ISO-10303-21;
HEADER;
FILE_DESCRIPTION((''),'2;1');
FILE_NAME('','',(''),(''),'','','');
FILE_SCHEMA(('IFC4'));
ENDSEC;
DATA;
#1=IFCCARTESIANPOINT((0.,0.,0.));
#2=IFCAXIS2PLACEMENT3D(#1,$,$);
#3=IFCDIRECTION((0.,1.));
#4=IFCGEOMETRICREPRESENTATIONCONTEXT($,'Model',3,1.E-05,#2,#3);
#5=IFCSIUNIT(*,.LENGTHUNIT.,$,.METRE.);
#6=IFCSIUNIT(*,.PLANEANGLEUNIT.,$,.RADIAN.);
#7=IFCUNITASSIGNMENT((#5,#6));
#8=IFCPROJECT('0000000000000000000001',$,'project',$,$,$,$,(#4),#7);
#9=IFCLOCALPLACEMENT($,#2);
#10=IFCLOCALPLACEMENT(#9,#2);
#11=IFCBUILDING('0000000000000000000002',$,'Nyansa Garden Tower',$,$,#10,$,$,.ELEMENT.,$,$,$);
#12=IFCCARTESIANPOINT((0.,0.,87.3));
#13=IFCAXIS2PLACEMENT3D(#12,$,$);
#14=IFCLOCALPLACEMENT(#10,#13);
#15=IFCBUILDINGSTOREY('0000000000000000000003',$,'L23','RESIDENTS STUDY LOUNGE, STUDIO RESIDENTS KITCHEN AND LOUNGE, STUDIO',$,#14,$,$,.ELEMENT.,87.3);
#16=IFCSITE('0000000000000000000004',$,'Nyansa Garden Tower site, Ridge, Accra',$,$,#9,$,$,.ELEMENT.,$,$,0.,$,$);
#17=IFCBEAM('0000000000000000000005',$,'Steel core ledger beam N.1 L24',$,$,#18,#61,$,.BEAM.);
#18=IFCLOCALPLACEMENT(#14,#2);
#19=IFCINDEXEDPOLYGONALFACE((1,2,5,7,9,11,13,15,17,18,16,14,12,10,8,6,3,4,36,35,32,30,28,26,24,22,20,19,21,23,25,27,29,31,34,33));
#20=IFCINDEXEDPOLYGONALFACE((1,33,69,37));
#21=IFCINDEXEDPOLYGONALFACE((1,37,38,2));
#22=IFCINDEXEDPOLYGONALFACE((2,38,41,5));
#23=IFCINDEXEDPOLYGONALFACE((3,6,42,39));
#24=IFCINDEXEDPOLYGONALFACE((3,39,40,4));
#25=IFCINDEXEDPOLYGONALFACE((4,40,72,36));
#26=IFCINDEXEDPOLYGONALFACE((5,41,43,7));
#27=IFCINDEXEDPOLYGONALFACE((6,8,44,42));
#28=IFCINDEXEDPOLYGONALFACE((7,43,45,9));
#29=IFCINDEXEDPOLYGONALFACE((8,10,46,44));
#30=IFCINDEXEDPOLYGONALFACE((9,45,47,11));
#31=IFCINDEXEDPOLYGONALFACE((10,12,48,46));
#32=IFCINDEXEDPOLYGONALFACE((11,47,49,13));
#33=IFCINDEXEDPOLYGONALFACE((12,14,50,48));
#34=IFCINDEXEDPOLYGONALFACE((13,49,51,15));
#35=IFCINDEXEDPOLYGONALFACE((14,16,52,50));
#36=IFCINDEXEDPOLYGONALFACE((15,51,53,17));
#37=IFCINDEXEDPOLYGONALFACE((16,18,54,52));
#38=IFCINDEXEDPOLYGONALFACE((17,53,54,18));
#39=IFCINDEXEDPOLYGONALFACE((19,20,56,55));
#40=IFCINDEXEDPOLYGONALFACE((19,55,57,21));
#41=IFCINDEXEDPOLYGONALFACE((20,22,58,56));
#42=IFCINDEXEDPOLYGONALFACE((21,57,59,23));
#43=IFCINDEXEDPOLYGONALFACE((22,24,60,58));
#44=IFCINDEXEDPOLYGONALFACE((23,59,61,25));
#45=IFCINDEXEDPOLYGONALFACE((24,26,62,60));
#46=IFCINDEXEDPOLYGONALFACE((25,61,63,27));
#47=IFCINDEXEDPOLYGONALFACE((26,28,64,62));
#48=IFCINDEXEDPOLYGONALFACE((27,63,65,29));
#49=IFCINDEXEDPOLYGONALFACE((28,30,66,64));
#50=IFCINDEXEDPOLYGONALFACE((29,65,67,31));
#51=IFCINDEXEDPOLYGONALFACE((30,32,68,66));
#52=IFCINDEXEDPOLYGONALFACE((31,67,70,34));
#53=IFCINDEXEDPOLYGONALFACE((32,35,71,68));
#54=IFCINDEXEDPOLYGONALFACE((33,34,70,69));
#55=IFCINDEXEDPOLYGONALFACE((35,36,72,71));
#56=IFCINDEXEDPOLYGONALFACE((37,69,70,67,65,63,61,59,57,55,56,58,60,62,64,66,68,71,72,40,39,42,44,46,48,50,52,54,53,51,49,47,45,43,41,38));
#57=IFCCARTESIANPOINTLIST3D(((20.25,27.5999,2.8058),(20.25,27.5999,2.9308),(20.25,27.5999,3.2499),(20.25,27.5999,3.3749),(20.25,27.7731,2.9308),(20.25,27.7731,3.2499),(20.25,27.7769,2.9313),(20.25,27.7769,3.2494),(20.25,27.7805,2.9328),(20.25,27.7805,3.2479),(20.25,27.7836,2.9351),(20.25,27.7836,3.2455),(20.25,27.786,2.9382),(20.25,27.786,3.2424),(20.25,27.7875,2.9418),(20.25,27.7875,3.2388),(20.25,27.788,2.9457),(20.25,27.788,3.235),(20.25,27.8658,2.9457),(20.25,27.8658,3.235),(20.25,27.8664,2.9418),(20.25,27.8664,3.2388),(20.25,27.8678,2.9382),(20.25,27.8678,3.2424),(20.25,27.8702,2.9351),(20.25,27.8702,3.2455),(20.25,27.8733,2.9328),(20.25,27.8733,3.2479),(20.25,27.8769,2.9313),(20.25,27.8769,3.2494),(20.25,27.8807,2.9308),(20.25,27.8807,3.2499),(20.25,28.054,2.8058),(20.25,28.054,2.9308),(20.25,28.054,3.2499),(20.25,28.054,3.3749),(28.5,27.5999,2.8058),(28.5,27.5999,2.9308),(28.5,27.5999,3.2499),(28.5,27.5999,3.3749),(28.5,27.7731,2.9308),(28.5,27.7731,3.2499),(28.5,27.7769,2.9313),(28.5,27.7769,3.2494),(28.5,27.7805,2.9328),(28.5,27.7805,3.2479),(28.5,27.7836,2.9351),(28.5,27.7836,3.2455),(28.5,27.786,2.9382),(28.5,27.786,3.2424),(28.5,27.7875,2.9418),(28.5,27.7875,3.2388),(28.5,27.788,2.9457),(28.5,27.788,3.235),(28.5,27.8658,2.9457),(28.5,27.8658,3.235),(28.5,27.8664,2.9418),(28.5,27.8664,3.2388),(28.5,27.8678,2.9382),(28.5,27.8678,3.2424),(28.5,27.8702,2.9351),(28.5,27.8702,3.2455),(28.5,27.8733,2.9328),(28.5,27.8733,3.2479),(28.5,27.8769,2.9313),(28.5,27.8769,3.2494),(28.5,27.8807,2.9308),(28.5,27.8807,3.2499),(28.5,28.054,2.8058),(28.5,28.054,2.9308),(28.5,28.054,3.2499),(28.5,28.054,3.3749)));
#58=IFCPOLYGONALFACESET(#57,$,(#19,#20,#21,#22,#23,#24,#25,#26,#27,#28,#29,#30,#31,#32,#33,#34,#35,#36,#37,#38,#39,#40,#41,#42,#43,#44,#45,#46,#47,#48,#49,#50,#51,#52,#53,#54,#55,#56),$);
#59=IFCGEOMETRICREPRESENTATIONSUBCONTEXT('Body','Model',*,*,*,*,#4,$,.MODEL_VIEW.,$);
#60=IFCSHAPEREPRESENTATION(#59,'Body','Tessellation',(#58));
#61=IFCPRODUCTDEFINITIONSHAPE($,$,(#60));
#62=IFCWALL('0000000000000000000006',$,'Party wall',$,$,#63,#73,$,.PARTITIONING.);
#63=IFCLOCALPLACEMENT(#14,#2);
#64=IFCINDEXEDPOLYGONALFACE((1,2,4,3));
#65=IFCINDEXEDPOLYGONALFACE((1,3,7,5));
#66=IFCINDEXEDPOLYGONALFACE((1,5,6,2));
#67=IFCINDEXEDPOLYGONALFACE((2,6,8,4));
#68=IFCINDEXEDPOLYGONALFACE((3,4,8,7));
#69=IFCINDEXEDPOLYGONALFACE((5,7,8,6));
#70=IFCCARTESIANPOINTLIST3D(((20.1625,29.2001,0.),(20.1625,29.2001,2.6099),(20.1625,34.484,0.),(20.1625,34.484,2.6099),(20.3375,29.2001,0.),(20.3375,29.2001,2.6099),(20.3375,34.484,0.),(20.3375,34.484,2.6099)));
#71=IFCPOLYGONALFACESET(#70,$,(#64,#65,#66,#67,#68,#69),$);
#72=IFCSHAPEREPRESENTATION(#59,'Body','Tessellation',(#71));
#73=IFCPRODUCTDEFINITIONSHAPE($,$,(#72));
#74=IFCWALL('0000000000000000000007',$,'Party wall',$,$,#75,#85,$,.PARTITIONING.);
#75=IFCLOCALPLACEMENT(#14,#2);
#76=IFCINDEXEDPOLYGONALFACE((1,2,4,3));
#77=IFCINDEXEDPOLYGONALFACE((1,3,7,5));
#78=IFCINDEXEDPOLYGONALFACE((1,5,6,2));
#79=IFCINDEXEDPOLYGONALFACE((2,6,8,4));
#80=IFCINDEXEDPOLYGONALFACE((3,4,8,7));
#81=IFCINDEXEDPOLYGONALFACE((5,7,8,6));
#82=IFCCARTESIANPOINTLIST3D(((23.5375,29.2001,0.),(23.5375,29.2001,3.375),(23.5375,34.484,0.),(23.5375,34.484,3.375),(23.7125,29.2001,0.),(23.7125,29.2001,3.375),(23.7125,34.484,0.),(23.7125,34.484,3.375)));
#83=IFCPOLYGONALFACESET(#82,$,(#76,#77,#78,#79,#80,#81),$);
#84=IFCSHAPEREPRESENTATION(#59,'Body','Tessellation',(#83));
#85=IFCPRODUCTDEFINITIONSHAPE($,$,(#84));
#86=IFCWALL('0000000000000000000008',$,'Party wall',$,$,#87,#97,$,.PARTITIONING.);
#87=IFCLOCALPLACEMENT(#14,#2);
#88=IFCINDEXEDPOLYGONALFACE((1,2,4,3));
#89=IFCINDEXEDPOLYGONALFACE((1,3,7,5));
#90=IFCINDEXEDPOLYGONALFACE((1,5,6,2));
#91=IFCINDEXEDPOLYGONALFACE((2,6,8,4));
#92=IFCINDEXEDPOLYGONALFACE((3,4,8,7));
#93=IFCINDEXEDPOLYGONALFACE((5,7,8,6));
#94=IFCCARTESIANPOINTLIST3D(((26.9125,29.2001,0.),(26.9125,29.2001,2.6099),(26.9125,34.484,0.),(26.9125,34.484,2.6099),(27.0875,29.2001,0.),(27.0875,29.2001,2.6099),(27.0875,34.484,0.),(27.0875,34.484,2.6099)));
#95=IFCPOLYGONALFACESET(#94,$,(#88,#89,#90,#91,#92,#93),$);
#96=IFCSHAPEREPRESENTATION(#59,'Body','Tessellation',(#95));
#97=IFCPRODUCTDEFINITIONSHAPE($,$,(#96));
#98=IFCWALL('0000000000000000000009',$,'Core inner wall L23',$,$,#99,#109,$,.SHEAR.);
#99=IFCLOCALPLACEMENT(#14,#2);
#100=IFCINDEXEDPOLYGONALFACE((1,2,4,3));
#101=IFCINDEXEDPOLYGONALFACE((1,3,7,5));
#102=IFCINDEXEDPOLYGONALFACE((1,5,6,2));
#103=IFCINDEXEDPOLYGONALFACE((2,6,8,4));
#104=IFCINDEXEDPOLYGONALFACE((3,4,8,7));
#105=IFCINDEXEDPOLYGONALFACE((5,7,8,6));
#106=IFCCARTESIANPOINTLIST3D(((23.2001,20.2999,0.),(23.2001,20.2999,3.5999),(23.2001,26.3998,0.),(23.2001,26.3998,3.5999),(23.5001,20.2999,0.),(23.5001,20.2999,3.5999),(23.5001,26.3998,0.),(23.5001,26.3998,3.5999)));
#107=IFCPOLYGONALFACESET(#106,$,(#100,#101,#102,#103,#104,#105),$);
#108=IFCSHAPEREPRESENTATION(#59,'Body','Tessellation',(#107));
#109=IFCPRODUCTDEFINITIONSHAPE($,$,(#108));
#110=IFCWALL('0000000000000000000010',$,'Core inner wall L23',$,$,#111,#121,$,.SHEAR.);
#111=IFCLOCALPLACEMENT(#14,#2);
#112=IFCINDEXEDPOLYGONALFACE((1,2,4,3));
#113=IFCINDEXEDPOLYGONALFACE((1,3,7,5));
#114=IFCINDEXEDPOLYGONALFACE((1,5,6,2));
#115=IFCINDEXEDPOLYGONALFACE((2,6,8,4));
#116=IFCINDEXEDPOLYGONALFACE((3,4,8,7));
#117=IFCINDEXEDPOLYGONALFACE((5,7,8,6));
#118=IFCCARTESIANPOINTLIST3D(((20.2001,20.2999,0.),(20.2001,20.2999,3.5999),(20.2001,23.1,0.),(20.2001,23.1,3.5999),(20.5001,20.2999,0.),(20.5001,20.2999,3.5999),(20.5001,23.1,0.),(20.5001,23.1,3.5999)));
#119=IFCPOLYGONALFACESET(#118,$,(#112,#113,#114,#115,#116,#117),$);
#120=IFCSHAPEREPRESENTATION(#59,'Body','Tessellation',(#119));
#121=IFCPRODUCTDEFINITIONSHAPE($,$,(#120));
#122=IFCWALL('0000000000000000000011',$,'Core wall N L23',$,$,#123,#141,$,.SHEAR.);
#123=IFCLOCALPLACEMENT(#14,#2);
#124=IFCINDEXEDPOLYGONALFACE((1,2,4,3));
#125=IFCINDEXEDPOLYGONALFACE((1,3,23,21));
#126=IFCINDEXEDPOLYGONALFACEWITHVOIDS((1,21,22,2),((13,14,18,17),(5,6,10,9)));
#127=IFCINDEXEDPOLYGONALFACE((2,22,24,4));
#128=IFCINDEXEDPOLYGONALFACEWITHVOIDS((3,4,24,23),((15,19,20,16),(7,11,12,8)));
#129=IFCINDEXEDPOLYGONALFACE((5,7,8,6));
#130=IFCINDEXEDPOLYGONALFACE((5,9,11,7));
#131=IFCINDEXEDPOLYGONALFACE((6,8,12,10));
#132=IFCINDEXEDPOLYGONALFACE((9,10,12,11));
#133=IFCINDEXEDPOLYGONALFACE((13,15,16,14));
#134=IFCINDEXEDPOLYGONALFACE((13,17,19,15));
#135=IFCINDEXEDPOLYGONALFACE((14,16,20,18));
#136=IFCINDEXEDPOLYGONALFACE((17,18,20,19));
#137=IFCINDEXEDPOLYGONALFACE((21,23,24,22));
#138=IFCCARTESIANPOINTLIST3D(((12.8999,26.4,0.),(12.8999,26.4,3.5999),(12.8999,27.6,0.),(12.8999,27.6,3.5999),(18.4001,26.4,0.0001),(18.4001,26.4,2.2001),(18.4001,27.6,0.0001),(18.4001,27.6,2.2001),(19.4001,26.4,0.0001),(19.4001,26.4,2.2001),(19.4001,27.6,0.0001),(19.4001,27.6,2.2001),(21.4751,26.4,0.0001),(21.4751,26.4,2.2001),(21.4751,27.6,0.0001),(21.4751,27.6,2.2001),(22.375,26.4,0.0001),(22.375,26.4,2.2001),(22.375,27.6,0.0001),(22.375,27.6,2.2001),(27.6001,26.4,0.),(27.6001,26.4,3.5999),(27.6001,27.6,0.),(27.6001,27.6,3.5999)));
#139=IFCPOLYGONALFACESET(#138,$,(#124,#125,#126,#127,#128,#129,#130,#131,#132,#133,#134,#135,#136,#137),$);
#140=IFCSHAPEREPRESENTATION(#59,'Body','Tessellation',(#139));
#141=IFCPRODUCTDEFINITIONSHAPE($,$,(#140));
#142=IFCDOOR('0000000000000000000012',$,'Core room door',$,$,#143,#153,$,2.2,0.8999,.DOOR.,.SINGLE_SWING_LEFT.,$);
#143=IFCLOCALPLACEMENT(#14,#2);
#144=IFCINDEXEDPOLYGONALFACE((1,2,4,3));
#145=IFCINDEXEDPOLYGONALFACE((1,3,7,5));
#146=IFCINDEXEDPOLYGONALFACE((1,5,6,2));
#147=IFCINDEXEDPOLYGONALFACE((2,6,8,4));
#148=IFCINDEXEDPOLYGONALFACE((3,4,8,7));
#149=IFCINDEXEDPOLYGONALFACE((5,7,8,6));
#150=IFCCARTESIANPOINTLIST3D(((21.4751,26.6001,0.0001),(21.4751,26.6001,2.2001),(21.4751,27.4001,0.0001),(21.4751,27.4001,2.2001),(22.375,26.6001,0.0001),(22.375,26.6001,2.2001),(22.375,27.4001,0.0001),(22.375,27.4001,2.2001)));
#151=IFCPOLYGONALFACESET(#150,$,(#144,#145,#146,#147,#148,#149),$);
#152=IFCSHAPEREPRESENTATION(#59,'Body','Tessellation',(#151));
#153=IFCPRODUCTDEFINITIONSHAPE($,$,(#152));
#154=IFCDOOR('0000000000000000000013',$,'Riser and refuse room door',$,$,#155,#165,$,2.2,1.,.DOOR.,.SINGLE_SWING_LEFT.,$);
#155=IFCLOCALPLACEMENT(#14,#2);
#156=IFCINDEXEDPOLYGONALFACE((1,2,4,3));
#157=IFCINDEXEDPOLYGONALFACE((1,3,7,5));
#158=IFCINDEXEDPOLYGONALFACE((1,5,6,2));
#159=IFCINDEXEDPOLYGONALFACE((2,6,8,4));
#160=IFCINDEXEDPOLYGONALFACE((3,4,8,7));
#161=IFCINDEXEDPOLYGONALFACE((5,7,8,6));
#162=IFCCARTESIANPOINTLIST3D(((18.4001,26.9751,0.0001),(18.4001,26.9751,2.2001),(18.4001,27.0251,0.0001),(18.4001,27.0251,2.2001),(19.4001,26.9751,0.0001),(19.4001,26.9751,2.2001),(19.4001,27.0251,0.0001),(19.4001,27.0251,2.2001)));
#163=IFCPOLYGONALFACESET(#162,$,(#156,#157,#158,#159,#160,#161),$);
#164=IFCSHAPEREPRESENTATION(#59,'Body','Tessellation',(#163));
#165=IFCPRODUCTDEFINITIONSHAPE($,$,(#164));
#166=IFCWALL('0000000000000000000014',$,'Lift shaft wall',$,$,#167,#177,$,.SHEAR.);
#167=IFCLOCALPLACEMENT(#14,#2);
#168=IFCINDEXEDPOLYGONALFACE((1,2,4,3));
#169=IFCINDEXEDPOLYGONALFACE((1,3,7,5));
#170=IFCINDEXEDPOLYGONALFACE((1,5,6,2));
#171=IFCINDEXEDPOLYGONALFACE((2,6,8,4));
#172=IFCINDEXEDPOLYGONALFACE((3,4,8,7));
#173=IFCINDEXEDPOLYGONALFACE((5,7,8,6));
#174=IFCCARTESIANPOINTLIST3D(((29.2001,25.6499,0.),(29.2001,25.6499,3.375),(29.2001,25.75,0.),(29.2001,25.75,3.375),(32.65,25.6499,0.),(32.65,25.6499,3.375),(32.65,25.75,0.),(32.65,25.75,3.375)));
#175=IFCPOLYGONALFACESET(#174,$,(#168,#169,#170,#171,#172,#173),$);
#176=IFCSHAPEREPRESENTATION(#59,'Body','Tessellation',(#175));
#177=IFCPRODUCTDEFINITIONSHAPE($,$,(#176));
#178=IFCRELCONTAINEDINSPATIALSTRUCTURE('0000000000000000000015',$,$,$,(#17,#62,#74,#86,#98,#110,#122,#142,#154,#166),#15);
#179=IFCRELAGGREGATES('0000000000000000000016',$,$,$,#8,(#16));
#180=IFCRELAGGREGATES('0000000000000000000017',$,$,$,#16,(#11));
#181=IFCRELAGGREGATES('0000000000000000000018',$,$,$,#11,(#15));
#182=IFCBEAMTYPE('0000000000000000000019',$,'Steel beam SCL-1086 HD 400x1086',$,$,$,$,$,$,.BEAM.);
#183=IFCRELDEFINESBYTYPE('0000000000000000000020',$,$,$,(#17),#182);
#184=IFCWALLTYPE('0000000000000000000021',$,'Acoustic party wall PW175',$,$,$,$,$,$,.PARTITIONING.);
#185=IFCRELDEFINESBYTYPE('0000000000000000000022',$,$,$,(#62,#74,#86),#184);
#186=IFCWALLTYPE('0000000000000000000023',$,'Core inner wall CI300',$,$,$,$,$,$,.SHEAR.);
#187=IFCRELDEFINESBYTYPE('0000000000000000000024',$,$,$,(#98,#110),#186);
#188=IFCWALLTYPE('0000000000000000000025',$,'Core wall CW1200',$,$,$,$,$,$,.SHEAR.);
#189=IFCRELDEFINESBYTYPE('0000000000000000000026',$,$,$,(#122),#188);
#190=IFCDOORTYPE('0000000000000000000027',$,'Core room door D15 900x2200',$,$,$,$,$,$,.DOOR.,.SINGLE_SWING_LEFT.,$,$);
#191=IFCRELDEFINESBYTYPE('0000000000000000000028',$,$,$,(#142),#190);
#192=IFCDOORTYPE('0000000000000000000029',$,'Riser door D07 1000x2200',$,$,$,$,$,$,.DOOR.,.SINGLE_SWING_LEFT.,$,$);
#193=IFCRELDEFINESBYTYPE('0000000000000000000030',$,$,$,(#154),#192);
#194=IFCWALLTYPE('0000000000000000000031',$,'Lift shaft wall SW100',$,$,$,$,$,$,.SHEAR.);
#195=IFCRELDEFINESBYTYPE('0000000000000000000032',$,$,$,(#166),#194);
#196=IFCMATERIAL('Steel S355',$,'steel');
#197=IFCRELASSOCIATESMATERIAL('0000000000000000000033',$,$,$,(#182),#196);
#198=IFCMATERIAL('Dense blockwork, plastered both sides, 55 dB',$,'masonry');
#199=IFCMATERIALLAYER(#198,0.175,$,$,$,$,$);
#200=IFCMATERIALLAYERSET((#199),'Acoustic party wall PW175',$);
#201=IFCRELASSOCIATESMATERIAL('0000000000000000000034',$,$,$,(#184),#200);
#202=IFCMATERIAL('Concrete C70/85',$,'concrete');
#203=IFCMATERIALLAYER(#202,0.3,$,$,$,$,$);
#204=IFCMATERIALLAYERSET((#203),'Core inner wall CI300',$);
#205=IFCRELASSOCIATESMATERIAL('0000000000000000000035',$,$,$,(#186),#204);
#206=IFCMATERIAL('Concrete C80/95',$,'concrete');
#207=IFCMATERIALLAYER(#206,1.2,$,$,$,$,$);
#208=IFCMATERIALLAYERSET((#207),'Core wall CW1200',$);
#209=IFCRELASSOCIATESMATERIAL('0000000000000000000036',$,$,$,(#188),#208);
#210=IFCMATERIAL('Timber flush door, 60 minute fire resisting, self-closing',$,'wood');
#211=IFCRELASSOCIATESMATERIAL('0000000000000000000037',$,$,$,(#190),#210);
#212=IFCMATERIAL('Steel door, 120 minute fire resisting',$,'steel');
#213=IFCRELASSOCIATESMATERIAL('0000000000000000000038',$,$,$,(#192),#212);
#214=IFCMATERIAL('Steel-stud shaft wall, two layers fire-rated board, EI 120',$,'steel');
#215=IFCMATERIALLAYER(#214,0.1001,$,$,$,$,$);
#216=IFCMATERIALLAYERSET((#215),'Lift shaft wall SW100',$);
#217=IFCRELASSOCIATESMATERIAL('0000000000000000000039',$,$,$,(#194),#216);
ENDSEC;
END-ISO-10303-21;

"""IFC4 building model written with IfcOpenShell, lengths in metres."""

from ifc_helpers import new_model, si_unit, direction, frame, frame_2d, origin, origin_2d, place, context, subcontext, project, spatial, rectangle, i_section, extrude, material, layer, layer_set, material_profile, profile_set, type_object, element, fill, save


model = new_model("IFC4")

# Units and contexts
model_context = context("Model", 3, precision=1e-05, world=origin(), true_north=direction((0.0, 1.0)))
body_context = subcontext(model_context, "Body", "Model", "MODEL_VIEW")
ifc_project = project(units=[si_unit("LENGTHUNIT", "METRE"), si_unit("PLANEANGLEUNIT", "RADIAN")], contexts=[model_context])

# Site, building, storey
site_placement = place(None, origin())
site = spatial("IfcSite", under=ifc_project, at=site_placement, Name="Nyansa Garden Tower site, Ridge, Accra", CompositionType="ELEMENT", RefElevation=0.0)
building_placement = place(site_placement, origin())
building = spatial("IfcBuilding", under=site, at=building_placement, Name="Nyansa Garden Tower", CompositionType="ELEMENT")
storey_placement = place(building_placement, frame((0.0, 0.0, 87.3)))
storey = spatial("IfcBuildingStorey", under=building, at=storey_placement, Name="L23", Description="RESIDENTS STUDY LOUNGE, STUDIO RESIDENTS KITCHEN AND LOUNGE, STUDIO", CompositionType="ELEMENT", Elevation=87.3)

# Beam
ifc_material_1 = material(Name="Steel S355", Category="steel")
ifc_material_profile_1 = material_profile(ifc_material_1, i_section(OverallWidth=0.4541, OverallDepth=0.5691, WebThickness=0.0779, FlangeThickness=0.125, FilletRadius=0.0149, at=origin_2d()), Name="HD 400x1086")
ifc_profile_set_1 = profile_set([ifc_material_profile_1], Name="Steel S355")
beam_type = type_object("IfcBeamType", Name="Steel beam SCL-1086 HD 400x1086", PredefinedType="BEAM", material=ifc_profile_set_1)
beam_1_placement = place(storey_placement, frame((28.5, 27.8269, 3.0903), z_axis=(-1.0, 0.0, 0.0), x_axis=(0.0, -1.0, 0.0)))
element("IfcBeam", 1, at=beam_1_placement, inside=storey, type_object=beam_type, Name="Steel core ledger beam N.1 L24", PredefinedType="BEAM", context=body_context, shape_type="SweptSolid", body=[
    extrude(i_section(OverallWidth=0.4541, OverallDepth=0.5691, WebThickness=0.0779, FlangeThickness=0.125, FilletRadius=0.0149, at=origin_2d()), origin(), (0.0, 0.0, 1.0), 8.25),
])

# Walls
ifc_material_2 = material(Name="Dense blockwork, plastered both sides, 55 dB", Category="masonry")
ifc_layer_1 = layer(ifc_material_2, 0.175)
ifc_layer_set_1 = layer_set([ifc_layer_1], Name="Acoustic party wall PW175")
wall_type_1 = type_object("IfcWallType", Name="Acoustic party wall PW175", PredefinedType="PARTITIONING", material=ifc_layer_set_1)
wall_1_placement = place(storey_placement, frame((20.25, 29.2, 0.0), z_axis=(0.0, 0.0, 1.0), x_axis=(0.0, 1.0, 0.0)))
element("IfcWall", 2, at=wall_1_placement, inside=storey, type_object=wall_type_1, Name="Party wall", PredefinedType="PARTITIONING", context=body_context, shape_type="SweptSolid", body=[
    extrude(rectangle(XDim=5.2839, YDim=0.175, at=frame_2d((2.6421, 0.0))), origin(), (0.0, 0.0, 1.0), 2.6099),
])
wall_2_placement = place(storey_placement, frame((23.625, 29.2, 0.0), z_axis=(0.0, 0.0, 1.0), x_axis=(0.0, 1.0, 0.0)))
element("IfcWall", 3, at=wall_2_placement, inside=storey, type_object=wall_type_1, Name="Party wall", PredefinedType="PARTITIONING", context=body_context, shape_type="SweptSolid", body=[
    extrude(rectangle(XDim=5.2839, YDim=0.175, at=frame_2d((2.6421, 0.0))), origin(), (0.0, 0.0, 1.0), 3.375),
])
wall_3_placement = place(storey_placement, frame((27.0, 29.2, 0.0), z_axis=(0.0, 0.0, 1.0), x_axis=(0.0, 1.0, 0.0)))
element("IfcWall", 4, at=wall_3_placement, inside=storey, type_object=wall_type_1, Name="Party wall", PredefinedType="PARTITIONING", context=body_context, shape_type="SweptSolid", body=[
    extrude(rectangle(XDim=5.2839, YDim=0.175, at=frame_2d((2.6421, 0.0))), origin(), (0.0, 0.0, 1.0), 2.6099),
])
ifc_material_3 = material(Name="Concrete C70/85", Category="concrete")
ifc_layer_2 = layer(ifc_material_3, 0.3)
ifc_layer_set_2 = layer_set([ifc_layer_2], Name="Core inner wall CI300")
wall_type_2 = type_object("IfcWallType", Name="Core inner wall CI300", PredefinedType="SHEAR", material=ifc_layer_set_2)
wall_4_placement = place(storey_placement, frame((23.3501, 20.3, 0.0), z_axis=(0.0, 0.0, 1.0), x_axis=(0.0, 1.0, 0.0)))
element("IfcWall", 5, at=wall_4_placement, inside=storey, type_object=wall_type_2, Name="Core inner wall L23", PredefinedType="SHEAR", context=body_context, shape_type="SweptSolid", body=[
    extrude(rectangle(XDim=6.0999, YDim=0.3, at=frame_2d((3.0498, 0.0))), origin(), (0.0, 0.0, 1.0), 3.5999),
])
wall_5_placement = place(storey_placement, frame((20.3501, 20.3, 0.0), z_axis=(0.0, 0.0, 1.0), x_axis=(0.0, 1.0, 0.0)))
element("IfcWall", 6, at=wall_5_placement, inside=storey, type_object=wall_type_2, Name="Core inner wall L23", PredefinedType="SHEAR", context=body_context, shape_type="SweptSolid", body=[
    extrude(rectangle(XDim=2.8, YDim=0.3, at=frame_2d((1.3999, 0.0))), origin(), (0.0, 0.0, 1.0), 3.5999),
])

# Wall, openings, doors
ifc_material_4 = material(Name="Concrete C80/95", Category="concrete")
ifc_layer_3 = layer(ifc_material_4, 1.2)
ifc_layer_set_3 = layer_set([ifc_layer_3], Name="Core wall CW1200")
wall_type_3 = type_object("IfcWallType", Name="Core wall CW1200", PredefinedType="SHEAR", material=ifc_layer_set_3)
wall_6_placement = place(storey_placement, frame((27.6001, 27.0, 0.0), z_axis=(0.0, 0.0, 1.0), x_axis=(-1.0, 0.0, 0.0)))
wall_6 = element("IfcWall", 7, at=wall_6_placement, inside=storey, type_object=wall_type_3, Name="Core wall N L23", PredefinedType="SHEAR", context=body_context, shape_type="SweptSolid", body=[
    extrude(rectangle(XDim=14.7002, YDim=1.2, at=frame_2d((7.3501, 0.0))), origin(), (0.0, 0.0, 1.0), 3.5999),
])
opening_1_placement = place(wall_6_placement, frame((5.2251, 0.0, 0.0)))
opening_1 = element("IfcOpeningElement", 8, at=opening_1_placement, cuts=wall_6, PredefinedType="OPENING", context=body_context, shape_type="SweptSolid", body=[
    extrude(rectangle(XDim=0.8999, YDim=2.2, at=frame_2d((0.45, 1.1001))), frame((0.0, 0.6099, 0.0), z_axis=(0.0, -1.0, 0.0), x_axis=(1.0, 0.0, 0.0)), (0.0, 0.0, 1.0), 1.22),
])
opening_2_placement = place(wall_6_placement, frame((8.2, 0.0, 0.0)))
opening_2 = element("IfcOpeningElement", 9, at=opening_2_placement, cuts=wall_6, PredefinedType="OPENING", context=body_context, shape_type="SweptSolid", body=[
    extrude(rectangle(XDim=1.0, YDim=2.2, at=frame_2d((0.5, 1.1001))), frame((0.0, 0.6099, 0.0), z_axis=(0.0, -1.0, 0.0), x_axis=(1.0, 0.0, 0.0)), (0.0, 0.0, 1.0), 1.22),
])
ifc_material_5 = material(Name="Timber flush door, 60 minute fire resisting, self-closing", Category="wood")
door_type_1 = type_object("IfcDoorType", Name="Core room door D15 900x2200", OperationType="SINGLE_SWING_LEFT", PredefinedType="DOOR", material=ifc_material_5)
door_1_placement = place(opening_1_placement, origin())
door_1 = element("IfcDoor", 10, at=door_1_placement, inside=storey, type_object=door_type_1, Name="Core room door", OperationType="SINGLE_SWING_LEFT", OverallHeight=2.2, OverallWidth=0.8999, PredefinedType="DOOR", context=body_context, shape_type="SweptSolid", body=[
    extrude(rectangle(XDim=0.8999, YDim=2.2, at=frame_2d((0.45, 1.1001))), frame((0.0, 0.3999, 0.0), z_axis=(0.0, -1.0, 0.0), x_axis=(1.0, 0.0, 0.0)), (0.0, 0.0, 1.0), 0.8),
])
fill(opening_1, door_1)
ifc_material_6 = material(Name="Steel door, 120 minute fire resisting", Category="steel")
door_type_2 = type_object("IfcDoorType", Name="Riser door D07 1000x2200", OperationType="SINGLE_SWING_LEFT", PredefinedType="DOOR", material=ifc_material_6)
door_2_placement = place(opening_2_placement, origin())
door_2 = element("IfcDoor", 11, at=door_2_placement, inside=storey, type_object=door_type_2, Name="Riser and refuse room door", OperationType="SINGLE_SWING_LEFT", OverallHeight=2.2, OverallWidth=1.0, PredefinedType="DOOR", context=body_context, shape_type="SweptSolid", body=[
    extrude(rectangle(XDim=1.0, YDim=2.2, at=frame_2d((0.5, 1.1001))), frame((0.0, 0.0249, 0.0), z_axis=(0.0, -1.0, 0.0), x_axis=(1.0, 0.0, 0.0)), (0.0, 0.0, 1.0), 0.05),
])
fill(opening_2, door_2)

# Wall
ifc_material_7 = material(Name="Steel-stud shaft wall, two layers fire-rated board, EI 120", Category="steel")
ifc_layer_4 = layer(ifc_material_7, 0.1001)
ifc_layer_set_4 = layer_set([ifc_layer_4], Name="Lift shaft wall SW100")
wall_type_4 = type_object("IfcWallType", Name="Lift shaft wall SW100", PredefinedType="SHEAR", material=ifc_layer_set_4)
wall_7_placement = place(storey_placement, frame((29.2, 25.7, 0.0), z_axis=(0.0, 0.0, 1.0), x_axis=(1.0, 0.0, 0.0)))
element("IfcWall", 12, at=wall_7_placement, inside=storey, type_object=wall_type_4, Name="Lift shaft wall", PredefinedType="SHEAR", context=body_context, shape_type="SweptSolid", body=[
    extrude(rectangle(XDim=3.45, YDim=0.1001, at=frame_2d((1.7251, 0.0))), origin(), (0.0, 0.0, 1.0), 3.375),
])

save(model, "model.ifc")
